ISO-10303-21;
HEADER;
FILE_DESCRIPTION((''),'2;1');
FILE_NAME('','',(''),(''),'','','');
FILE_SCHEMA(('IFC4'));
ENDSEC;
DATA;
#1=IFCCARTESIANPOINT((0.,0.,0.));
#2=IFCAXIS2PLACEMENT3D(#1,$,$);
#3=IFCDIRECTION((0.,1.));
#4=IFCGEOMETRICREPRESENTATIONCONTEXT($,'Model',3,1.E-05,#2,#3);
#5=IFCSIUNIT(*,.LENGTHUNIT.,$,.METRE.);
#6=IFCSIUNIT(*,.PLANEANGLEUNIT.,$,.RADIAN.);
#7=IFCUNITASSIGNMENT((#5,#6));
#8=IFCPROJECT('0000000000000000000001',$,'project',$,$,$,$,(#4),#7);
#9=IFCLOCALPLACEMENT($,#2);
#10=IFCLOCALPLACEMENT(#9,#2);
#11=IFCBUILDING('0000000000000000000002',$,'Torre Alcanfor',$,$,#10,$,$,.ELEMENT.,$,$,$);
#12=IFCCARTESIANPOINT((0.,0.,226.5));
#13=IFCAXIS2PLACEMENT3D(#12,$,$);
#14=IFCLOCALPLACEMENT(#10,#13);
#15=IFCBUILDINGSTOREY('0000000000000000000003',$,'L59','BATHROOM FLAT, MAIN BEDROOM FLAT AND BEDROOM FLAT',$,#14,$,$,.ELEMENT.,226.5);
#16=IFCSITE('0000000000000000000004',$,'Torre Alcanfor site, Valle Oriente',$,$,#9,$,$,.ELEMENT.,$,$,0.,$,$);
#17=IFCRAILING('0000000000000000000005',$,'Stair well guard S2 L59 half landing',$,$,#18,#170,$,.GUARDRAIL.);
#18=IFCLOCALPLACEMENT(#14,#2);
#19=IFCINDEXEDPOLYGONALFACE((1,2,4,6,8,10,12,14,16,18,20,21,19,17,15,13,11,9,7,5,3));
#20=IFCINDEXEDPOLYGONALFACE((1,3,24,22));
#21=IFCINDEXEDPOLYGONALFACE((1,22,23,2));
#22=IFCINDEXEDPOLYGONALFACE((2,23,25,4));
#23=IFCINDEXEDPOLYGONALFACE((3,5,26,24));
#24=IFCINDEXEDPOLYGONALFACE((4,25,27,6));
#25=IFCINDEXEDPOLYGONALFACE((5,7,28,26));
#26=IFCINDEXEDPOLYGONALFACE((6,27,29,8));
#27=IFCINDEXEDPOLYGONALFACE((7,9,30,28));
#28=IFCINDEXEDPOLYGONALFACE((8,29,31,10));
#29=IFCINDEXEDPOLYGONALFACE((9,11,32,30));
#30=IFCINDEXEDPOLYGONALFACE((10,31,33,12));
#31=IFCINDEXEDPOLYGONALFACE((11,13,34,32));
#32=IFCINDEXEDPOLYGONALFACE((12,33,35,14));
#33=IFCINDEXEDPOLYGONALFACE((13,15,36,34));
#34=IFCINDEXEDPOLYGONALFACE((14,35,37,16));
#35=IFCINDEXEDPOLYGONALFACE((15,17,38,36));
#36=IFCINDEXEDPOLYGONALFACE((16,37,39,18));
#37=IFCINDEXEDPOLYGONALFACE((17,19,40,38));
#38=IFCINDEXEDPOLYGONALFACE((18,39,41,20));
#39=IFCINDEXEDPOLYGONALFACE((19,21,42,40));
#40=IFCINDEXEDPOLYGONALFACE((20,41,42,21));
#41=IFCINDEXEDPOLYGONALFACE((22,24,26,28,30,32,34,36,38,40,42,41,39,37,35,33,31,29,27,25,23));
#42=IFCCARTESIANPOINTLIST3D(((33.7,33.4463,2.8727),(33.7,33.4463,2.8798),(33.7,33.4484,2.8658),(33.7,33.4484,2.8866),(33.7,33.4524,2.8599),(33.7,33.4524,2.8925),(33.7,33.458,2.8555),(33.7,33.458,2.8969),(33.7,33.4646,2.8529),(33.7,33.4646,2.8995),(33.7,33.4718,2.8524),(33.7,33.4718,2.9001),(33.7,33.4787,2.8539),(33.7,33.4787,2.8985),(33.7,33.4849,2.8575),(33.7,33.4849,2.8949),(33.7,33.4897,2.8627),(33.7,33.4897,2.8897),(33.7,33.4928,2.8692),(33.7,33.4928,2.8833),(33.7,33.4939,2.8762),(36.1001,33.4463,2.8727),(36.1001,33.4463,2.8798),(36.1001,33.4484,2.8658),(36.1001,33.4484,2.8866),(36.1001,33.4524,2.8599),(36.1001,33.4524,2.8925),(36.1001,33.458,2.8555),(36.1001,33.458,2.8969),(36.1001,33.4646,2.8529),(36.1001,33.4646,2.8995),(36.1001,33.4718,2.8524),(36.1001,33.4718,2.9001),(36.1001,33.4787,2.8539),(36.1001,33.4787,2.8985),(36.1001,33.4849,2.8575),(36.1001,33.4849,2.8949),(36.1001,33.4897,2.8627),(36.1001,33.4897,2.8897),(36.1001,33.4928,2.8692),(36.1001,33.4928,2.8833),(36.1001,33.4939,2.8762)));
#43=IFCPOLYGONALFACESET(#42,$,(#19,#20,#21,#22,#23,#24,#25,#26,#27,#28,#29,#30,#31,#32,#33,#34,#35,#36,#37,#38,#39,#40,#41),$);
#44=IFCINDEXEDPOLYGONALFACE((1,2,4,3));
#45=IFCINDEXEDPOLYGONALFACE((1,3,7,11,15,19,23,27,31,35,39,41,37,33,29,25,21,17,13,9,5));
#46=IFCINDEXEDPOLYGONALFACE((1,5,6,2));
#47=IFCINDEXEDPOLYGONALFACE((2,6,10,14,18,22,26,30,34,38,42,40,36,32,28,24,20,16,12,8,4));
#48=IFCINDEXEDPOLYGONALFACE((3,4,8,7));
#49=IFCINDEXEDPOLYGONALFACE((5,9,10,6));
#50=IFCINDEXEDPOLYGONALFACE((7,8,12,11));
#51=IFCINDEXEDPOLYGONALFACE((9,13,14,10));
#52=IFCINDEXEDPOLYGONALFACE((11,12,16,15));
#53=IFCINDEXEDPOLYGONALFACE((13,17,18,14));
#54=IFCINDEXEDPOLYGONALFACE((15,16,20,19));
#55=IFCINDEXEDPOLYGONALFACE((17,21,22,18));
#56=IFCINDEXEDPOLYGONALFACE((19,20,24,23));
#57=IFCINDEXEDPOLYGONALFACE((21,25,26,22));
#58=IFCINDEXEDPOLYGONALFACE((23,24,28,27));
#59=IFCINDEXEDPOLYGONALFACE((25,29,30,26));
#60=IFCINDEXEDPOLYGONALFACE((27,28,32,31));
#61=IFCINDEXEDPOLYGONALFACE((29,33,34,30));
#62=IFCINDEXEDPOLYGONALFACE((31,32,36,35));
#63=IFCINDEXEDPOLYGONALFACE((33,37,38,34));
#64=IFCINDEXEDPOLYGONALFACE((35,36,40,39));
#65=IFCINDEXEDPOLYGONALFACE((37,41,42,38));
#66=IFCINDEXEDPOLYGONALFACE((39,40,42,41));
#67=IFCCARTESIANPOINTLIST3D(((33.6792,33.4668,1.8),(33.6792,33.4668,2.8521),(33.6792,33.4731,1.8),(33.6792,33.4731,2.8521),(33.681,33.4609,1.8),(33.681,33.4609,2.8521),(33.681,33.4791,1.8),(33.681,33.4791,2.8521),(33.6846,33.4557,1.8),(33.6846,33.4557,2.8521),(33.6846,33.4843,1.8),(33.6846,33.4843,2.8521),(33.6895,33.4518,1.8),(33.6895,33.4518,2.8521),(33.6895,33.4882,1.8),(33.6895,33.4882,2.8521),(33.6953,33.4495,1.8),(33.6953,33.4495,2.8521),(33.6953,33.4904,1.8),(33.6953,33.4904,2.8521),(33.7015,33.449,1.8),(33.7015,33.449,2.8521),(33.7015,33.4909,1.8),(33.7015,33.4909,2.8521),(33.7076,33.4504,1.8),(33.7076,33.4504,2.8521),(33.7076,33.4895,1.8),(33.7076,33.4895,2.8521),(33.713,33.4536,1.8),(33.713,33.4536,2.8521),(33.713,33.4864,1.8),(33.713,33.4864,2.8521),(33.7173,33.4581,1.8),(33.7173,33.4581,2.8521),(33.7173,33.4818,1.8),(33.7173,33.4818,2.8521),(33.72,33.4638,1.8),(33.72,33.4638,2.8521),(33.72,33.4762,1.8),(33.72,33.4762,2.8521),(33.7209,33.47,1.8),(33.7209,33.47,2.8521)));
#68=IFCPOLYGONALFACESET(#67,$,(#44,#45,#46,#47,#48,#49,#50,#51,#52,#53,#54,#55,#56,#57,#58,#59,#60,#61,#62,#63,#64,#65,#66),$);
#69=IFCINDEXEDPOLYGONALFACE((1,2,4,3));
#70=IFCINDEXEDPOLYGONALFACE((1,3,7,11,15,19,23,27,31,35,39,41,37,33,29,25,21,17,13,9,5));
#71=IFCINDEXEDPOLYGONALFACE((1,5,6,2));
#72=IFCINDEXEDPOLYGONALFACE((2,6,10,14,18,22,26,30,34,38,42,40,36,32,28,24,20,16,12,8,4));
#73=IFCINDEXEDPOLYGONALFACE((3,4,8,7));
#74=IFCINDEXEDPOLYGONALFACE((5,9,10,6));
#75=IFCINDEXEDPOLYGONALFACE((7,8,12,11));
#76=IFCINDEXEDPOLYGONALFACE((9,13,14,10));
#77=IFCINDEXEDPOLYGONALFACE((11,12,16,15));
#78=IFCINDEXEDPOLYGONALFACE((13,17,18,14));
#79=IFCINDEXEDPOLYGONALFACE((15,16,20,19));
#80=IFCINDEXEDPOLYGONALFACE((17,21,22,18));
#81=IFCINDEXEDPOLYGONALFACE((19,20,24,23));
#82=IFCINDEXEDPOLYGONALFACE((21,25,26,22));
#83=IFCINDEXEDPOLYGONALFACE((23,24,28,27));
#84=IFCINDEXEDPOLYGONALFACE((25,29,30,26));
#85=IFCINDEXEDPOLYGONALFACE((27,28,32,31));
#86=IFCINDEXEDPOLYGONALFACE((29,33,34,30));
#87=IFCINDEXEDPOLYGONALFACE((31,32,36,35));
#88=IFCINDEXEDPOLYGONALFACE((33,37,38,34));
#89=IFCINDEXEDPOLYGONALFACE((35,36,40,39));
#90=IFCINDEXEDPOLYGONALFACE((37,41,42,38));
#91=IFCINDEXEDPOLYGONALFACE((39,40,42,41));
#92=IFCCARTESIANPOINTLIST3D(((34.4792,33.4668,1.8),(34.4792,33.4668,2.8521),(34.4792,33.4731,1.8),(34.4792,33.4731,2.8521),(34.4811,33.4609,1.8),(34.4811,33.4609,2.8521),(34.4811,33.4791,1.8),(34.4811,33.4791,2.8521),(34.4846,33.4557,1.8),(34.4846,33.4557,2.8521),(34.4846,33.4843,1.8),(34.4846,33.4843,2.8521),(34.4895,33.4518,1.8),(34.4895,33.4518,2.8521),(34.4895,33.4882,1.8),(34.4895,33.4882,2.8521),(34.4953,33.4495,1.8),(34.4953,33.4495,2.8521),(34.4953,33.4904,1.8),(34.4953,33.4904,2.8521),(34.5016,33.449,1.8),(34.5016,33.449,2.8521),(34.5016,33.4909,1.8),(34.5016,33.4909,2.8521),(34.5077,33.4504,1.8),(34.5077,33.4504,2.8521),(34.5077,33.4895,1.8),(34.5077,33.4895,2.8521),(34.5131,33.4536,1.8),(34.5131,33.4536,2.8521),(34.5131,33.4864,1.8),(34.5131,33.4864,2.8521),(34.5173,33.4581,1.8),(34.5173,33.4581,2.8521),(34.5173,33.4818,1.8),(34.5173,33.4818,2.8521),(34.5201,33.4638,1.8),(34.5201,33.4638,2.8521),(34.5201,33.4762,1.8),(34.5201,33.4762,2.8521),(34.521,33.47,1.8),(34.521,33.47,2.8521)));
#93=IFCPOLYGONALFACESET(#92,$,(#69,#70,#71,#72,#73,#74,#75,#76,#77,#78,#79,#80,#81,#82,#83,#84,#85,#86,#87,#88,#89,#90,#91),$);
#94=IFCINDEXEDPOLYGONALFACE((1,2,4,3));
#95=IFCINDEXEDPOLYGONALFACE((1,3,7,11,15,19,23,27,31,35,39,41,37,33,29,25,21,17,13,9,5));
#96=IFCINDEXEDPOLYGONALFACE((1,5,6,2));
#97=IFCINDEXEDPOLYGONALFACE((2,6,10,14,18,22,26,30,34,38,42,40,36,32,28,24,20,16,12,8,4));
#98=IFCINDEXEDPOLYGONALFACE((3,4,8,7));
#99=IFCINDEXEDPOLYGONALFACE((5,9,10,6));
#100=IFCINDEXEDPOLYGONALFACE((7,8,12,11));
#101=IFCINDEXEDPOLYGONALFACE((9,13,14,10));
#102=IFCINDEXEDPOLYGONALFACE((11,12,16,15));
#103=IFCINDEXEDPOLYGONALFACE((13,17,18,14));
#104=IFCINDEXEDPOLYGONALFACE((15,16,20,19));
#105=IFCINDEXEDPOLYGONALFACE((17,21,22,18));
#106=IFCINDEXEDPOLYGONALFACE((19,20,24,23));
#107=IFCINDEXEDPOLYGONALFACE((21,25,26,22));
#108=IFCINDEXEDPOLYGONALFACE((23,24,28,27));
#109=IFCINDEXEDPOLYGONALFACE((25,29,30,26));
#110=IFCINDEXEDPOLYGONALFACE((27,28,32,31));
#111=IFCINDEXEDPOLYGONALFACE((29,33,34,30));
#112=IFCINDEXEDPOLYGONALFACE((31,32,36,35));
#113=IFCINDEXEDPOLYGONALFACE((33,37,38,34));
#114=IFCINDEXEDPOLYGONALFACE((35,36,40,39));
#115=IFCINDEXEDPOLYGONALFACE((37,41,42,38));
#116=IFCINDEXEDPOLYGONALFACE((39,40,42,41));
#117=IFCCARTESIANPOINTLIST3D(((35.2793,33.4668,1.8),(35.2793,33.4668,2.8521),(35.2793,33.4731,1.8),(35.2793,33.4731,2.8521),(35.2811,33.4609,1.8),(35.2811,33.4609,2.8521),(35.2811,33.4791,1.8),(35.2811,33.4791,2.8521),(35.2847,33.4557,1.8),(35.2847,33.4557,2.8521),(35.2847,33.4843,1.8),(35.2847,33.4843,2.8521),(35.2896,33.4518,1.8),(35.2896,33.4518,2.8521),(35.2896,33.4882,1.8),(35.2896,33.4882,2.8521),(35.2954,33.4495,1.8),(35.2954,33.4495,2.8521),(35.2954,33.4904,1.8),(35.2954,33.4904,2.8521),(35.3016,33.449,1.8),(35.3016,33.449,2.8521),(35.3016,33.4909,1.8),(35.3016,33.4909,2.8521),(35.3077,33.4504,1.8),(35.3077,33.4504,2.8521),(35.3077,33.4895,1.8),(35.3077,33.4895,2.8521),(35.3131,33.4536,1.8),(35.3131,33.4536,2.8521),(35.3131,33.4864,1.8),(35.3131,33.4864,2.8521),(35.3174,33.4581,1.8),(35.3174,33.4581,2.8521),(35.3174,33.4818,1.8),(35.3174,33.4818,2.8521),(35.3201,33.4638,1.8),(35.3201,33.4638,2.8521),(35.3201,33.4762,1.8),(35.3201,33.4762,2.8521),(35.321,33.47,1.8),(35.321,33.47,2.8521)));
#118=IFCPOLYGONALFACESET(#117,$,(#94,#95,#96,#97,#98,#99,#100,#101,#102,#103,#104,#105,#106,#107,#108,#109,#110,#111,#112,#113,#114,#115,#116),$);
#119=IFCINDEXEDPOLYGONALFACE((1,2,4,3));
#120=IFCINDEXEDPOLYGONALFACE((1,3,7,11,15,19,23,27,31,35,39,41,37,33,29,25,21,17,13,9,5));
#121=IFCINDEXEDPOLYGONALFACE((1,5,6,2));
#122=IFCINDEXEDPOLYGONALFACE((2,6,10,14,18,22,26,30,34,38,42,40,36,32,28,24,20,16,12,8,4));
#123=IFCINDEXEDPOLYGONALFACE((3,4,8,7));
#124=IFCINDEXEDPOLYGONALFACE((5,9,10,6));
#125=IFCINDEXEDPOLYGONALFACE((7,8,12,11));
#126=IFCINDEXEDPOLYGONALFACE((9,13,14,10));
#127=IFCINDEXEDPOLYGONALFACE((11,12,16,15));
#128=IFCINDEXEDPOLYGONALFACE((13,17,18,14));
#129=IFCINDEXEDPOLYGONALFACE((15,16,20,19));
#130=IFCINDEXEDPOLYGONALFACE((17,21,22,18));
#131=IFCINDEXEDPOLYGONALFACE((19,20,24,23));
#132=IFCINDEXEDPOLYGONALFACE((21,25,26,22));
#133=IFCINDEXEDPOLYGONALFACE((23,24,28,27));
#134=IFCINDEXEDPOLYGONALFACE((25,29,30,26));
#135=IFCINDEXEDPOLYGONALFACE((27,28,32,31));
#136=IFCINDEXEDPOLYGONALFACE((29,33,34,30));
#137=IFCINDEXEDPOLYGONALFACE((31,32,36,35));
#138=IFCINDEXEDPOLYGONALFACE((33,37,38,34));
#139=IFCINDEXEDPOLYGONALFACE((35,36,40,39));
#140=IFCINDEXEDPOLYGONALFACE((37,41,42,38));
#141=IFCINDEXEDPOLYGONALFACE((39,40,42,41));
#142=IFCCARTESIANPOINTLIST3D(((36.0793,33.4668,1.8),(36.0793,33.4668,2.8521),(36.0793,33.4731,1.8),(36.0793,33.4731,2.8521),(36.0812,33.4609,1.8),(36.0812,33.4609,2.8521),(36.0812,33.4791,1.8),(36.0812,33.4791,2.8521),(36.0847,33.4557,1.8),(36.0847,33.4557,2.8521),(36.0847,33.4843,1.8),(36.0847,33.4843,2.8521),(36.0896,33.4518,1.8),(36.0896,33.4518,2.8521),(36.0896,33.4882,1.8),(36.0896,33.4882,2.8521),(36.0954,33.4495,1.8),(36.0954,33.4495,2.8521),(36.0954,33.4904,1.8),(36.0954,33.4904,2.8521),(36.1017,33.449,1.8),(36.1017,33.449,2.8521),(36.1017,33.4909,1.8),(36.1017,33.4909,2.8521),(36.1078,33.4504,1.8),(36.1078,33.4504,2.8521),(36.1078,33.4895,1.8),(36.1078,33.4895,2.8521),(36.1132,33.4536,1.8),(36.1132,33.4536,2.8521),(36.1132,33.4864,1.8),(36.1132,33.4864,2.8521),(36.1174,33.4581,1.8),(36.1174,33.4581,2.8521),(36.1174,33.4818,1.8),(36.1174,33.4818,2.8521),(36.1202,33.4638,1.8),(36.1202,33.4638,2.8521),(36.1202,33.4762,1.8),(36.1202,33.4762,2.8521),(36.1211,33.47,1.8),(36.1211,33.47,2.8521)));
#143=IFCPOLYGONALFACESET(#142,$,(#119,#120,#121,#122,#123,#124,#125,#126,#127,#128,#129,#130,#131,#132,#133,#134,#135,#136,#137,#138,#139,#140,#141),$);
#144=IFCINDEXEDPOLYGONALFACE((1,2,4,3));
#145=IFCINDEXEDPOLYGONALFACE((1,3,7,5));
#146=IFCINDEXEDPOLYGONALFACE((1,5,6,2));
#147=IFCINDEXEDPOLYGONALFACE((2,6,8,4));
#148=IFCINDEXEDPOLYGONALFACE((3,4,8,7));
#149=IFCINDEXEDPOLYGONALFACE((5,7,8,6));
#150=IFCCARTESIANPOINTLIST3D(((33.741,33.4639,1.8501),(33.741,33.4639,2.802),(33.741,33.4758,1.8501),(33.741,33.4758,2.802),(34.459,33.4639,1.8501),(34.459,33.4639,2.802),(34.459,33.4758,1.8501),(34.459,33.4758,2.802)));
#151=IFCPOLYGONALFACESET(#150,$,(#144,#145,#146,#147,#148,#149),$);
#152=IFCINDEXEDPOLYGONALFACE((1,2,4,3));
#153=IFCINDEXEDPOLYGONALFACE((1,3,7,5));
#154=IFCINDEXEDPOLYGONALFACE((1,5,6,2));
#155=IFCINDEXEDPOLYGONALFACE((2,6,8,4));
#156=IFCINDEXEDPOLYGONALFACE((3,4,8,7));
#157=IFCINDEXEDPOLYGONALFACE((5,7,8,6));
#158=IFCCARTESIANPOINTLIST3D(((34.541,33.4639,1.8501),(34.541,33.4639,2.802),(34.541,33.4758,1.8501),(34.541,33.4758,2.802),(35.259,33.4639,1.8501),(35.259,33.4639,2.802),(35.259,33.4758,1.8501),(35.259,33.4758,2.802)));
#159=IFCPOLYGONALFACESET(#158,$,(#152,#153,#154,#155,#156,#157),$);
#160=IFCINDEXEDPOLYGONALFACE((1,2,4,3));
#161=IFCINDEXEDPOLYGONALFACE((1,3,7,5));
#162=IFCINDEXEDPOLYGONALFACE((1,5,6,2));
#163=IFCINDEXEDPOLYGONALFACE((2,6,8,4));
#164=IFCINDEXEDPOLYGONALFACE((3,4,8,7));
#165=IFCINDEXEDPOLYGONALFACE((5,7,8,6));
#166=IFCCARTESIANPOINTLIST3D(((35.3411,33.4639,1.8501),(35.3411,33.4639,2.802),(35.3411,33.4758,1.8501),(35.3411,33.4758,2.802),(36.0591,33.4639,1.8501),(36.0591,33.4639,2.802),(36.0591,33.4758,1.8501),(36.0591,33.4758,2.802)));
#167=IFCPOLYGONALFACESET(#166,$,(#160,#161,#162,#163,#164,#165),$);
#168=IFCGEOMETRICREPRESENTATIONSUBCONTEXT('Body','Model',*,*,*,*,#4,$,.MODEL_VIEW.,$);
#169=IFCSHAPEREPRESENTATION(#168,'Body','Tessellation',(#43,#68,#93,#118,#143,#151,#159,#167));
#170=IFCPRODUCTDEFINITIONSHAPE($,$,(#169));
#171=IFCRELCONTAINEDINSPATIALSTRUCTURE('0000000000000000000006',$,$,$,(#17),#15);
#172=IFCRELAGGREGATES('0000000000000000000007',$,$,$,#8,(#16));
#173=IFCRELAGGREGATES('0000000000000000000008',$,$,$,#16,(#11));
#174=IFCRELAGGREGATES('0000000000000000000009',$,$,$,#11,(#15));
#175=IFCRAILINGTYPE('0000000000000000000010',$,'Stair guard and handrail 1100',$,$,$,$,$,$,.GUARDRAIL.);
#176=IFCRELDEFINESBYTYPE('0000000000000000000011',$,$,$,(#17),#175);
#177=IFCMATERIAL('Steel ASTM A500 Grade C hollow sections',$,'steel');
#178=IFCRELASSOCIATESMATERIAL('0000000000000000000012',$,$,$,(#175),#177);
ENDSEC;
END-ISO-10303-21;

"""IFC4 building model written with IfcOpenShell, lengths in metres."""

from ifc_helpers import new_model, si_unit, direction, frame, origin, origin_2d, place, context, subcontext, project, spatial, polyline, circle, outline, extrude, material, type_object, element, save


model = new_model("IFC4")

# Units and contexts
model_context = context("Model", 3, precision=1e-05, world=origin(), true_north=direction((0.0, 1.0)))
body_context = subcontext(model_context, "Body", "Model", "MODEL_VIEW")
ifc_project = project(units=[si_unit("LENGTHUNIT", "METRE"), si_unit("PLANEANGLEUNIT", "RADIAN")], contexts=[model_context])

# Site, building, storey
site_placement = place(None, origin())
site = spatial("IfcSite", under=ifc_project, at=site_placement, Name="Torre Alcanfor site, Valle Oriente", CompositionType="ELEMENT", RefElevation=0.0)
building_placement = place(site_placement, origin())
building = spatial("IfcBuilding", under=site, at=building_placement, Name="Torre Alcanfor", CompositionType="ELEMENT")
storey_placement = place(building_placement, frame((0.0, 0.0, 226.5)))
storey = spatial("IfcBuildingStorey", under=building, at=storey_placement, Name="L59", Description="BATHROOM FLAT, MAIN BEDROOM FLAT AND BEDROOM FLAT", CompositionType="ELEMENT", Elevation=226.5)

# Railing
ifc_material_1 = material(Name="Steel ASTM A500 Grade C hollow sections", Category="steel")
railing_type_1 = type_object("IfcRailingType", Name="Stair guard and handrail 1100", PredefinedType="GUARDRAIL", material=ifc_material_1)
for number, where, name in (
    (1, (33.7, 33.47, 1.8), "Stair well guard S2 L59 half landing"),
):
    element("IfcRailing", number, at=place(storey_placement, frame(where)), inside=storey, type_object=railing_type_1, Name=name, PredefinedType="GUARDRAIL", context=body_context, shape_type="SweptSolid", body=[
        extrude(circle(Radius=0.0239, at=origin_2d()), frame((0.0, 0.0, 1.0762), z_axis=(1.0, 0.0, 0.0), x_axis=(0.0, 1.0, 0.0)), (0.0, 0.0, 1.0), 2.4001),
        extrude(circle(Radius=0.021, at=origin_2d()), origin(), (0.0, 0.0, 1.0), 1.052),
        extrude(circle(Radius=0.021, at=origin_2d()), frame((0.8, 0.0, 0.0)), (0.0, 0.0, 1.0), 1.052),
        extrude(circle(Radius=0.021, at=origin_2d()), frame((1.6001, 0.0, 0.0)), (0.0, 0.0, 1.0), 1.052),
        extrude(circle(Radius=0.021, at=origin_2d()), frame((2.4001, 0.0, 0.0)), (0.0, 0.0, 1.0), 1.052),
        extrude(outline(polyline([(0.041, 0.05), (0.759, 0.05), (0.759, 1.002), (0.041, 1.002), (0.041, 0.05)])), frame((0.0, 0.0059, 0.0), z_axis=(0.0, -1.0, 0.0), x_axis=(1.0, 0.0, 0.0)), (0.0, 0.0, 1.0), 0.012),
        extrude(outline(polyline([(0.8411, 0.05), (1.5591, 0.05), (1.5591, 1.002), (0.8411, 1.002), (0.8411, 0.05)])), frame((0.0, 0.0059, 0.0), z_axis=(0.0, -1.0, 0.0), x_axis=(1.0, 0.0, 0.0)), (0.0, 0.0, 1.0), 0.012),
        extrude(outline(polyline([(1.6411, 0.05), (2.3591, 0.05), (2.3591, 1.002), (1.6411, 1.002), (1.6411, 0.05)])), frame((0.0, 0.0059, 0.0), z_axis=(0.0, -1.0, 0.0), x_axis=(1.0, 0.0, 0.0)), (0.0, 0.0, 1.0), 0.012),
    ])

save(model, "model.ifc")
